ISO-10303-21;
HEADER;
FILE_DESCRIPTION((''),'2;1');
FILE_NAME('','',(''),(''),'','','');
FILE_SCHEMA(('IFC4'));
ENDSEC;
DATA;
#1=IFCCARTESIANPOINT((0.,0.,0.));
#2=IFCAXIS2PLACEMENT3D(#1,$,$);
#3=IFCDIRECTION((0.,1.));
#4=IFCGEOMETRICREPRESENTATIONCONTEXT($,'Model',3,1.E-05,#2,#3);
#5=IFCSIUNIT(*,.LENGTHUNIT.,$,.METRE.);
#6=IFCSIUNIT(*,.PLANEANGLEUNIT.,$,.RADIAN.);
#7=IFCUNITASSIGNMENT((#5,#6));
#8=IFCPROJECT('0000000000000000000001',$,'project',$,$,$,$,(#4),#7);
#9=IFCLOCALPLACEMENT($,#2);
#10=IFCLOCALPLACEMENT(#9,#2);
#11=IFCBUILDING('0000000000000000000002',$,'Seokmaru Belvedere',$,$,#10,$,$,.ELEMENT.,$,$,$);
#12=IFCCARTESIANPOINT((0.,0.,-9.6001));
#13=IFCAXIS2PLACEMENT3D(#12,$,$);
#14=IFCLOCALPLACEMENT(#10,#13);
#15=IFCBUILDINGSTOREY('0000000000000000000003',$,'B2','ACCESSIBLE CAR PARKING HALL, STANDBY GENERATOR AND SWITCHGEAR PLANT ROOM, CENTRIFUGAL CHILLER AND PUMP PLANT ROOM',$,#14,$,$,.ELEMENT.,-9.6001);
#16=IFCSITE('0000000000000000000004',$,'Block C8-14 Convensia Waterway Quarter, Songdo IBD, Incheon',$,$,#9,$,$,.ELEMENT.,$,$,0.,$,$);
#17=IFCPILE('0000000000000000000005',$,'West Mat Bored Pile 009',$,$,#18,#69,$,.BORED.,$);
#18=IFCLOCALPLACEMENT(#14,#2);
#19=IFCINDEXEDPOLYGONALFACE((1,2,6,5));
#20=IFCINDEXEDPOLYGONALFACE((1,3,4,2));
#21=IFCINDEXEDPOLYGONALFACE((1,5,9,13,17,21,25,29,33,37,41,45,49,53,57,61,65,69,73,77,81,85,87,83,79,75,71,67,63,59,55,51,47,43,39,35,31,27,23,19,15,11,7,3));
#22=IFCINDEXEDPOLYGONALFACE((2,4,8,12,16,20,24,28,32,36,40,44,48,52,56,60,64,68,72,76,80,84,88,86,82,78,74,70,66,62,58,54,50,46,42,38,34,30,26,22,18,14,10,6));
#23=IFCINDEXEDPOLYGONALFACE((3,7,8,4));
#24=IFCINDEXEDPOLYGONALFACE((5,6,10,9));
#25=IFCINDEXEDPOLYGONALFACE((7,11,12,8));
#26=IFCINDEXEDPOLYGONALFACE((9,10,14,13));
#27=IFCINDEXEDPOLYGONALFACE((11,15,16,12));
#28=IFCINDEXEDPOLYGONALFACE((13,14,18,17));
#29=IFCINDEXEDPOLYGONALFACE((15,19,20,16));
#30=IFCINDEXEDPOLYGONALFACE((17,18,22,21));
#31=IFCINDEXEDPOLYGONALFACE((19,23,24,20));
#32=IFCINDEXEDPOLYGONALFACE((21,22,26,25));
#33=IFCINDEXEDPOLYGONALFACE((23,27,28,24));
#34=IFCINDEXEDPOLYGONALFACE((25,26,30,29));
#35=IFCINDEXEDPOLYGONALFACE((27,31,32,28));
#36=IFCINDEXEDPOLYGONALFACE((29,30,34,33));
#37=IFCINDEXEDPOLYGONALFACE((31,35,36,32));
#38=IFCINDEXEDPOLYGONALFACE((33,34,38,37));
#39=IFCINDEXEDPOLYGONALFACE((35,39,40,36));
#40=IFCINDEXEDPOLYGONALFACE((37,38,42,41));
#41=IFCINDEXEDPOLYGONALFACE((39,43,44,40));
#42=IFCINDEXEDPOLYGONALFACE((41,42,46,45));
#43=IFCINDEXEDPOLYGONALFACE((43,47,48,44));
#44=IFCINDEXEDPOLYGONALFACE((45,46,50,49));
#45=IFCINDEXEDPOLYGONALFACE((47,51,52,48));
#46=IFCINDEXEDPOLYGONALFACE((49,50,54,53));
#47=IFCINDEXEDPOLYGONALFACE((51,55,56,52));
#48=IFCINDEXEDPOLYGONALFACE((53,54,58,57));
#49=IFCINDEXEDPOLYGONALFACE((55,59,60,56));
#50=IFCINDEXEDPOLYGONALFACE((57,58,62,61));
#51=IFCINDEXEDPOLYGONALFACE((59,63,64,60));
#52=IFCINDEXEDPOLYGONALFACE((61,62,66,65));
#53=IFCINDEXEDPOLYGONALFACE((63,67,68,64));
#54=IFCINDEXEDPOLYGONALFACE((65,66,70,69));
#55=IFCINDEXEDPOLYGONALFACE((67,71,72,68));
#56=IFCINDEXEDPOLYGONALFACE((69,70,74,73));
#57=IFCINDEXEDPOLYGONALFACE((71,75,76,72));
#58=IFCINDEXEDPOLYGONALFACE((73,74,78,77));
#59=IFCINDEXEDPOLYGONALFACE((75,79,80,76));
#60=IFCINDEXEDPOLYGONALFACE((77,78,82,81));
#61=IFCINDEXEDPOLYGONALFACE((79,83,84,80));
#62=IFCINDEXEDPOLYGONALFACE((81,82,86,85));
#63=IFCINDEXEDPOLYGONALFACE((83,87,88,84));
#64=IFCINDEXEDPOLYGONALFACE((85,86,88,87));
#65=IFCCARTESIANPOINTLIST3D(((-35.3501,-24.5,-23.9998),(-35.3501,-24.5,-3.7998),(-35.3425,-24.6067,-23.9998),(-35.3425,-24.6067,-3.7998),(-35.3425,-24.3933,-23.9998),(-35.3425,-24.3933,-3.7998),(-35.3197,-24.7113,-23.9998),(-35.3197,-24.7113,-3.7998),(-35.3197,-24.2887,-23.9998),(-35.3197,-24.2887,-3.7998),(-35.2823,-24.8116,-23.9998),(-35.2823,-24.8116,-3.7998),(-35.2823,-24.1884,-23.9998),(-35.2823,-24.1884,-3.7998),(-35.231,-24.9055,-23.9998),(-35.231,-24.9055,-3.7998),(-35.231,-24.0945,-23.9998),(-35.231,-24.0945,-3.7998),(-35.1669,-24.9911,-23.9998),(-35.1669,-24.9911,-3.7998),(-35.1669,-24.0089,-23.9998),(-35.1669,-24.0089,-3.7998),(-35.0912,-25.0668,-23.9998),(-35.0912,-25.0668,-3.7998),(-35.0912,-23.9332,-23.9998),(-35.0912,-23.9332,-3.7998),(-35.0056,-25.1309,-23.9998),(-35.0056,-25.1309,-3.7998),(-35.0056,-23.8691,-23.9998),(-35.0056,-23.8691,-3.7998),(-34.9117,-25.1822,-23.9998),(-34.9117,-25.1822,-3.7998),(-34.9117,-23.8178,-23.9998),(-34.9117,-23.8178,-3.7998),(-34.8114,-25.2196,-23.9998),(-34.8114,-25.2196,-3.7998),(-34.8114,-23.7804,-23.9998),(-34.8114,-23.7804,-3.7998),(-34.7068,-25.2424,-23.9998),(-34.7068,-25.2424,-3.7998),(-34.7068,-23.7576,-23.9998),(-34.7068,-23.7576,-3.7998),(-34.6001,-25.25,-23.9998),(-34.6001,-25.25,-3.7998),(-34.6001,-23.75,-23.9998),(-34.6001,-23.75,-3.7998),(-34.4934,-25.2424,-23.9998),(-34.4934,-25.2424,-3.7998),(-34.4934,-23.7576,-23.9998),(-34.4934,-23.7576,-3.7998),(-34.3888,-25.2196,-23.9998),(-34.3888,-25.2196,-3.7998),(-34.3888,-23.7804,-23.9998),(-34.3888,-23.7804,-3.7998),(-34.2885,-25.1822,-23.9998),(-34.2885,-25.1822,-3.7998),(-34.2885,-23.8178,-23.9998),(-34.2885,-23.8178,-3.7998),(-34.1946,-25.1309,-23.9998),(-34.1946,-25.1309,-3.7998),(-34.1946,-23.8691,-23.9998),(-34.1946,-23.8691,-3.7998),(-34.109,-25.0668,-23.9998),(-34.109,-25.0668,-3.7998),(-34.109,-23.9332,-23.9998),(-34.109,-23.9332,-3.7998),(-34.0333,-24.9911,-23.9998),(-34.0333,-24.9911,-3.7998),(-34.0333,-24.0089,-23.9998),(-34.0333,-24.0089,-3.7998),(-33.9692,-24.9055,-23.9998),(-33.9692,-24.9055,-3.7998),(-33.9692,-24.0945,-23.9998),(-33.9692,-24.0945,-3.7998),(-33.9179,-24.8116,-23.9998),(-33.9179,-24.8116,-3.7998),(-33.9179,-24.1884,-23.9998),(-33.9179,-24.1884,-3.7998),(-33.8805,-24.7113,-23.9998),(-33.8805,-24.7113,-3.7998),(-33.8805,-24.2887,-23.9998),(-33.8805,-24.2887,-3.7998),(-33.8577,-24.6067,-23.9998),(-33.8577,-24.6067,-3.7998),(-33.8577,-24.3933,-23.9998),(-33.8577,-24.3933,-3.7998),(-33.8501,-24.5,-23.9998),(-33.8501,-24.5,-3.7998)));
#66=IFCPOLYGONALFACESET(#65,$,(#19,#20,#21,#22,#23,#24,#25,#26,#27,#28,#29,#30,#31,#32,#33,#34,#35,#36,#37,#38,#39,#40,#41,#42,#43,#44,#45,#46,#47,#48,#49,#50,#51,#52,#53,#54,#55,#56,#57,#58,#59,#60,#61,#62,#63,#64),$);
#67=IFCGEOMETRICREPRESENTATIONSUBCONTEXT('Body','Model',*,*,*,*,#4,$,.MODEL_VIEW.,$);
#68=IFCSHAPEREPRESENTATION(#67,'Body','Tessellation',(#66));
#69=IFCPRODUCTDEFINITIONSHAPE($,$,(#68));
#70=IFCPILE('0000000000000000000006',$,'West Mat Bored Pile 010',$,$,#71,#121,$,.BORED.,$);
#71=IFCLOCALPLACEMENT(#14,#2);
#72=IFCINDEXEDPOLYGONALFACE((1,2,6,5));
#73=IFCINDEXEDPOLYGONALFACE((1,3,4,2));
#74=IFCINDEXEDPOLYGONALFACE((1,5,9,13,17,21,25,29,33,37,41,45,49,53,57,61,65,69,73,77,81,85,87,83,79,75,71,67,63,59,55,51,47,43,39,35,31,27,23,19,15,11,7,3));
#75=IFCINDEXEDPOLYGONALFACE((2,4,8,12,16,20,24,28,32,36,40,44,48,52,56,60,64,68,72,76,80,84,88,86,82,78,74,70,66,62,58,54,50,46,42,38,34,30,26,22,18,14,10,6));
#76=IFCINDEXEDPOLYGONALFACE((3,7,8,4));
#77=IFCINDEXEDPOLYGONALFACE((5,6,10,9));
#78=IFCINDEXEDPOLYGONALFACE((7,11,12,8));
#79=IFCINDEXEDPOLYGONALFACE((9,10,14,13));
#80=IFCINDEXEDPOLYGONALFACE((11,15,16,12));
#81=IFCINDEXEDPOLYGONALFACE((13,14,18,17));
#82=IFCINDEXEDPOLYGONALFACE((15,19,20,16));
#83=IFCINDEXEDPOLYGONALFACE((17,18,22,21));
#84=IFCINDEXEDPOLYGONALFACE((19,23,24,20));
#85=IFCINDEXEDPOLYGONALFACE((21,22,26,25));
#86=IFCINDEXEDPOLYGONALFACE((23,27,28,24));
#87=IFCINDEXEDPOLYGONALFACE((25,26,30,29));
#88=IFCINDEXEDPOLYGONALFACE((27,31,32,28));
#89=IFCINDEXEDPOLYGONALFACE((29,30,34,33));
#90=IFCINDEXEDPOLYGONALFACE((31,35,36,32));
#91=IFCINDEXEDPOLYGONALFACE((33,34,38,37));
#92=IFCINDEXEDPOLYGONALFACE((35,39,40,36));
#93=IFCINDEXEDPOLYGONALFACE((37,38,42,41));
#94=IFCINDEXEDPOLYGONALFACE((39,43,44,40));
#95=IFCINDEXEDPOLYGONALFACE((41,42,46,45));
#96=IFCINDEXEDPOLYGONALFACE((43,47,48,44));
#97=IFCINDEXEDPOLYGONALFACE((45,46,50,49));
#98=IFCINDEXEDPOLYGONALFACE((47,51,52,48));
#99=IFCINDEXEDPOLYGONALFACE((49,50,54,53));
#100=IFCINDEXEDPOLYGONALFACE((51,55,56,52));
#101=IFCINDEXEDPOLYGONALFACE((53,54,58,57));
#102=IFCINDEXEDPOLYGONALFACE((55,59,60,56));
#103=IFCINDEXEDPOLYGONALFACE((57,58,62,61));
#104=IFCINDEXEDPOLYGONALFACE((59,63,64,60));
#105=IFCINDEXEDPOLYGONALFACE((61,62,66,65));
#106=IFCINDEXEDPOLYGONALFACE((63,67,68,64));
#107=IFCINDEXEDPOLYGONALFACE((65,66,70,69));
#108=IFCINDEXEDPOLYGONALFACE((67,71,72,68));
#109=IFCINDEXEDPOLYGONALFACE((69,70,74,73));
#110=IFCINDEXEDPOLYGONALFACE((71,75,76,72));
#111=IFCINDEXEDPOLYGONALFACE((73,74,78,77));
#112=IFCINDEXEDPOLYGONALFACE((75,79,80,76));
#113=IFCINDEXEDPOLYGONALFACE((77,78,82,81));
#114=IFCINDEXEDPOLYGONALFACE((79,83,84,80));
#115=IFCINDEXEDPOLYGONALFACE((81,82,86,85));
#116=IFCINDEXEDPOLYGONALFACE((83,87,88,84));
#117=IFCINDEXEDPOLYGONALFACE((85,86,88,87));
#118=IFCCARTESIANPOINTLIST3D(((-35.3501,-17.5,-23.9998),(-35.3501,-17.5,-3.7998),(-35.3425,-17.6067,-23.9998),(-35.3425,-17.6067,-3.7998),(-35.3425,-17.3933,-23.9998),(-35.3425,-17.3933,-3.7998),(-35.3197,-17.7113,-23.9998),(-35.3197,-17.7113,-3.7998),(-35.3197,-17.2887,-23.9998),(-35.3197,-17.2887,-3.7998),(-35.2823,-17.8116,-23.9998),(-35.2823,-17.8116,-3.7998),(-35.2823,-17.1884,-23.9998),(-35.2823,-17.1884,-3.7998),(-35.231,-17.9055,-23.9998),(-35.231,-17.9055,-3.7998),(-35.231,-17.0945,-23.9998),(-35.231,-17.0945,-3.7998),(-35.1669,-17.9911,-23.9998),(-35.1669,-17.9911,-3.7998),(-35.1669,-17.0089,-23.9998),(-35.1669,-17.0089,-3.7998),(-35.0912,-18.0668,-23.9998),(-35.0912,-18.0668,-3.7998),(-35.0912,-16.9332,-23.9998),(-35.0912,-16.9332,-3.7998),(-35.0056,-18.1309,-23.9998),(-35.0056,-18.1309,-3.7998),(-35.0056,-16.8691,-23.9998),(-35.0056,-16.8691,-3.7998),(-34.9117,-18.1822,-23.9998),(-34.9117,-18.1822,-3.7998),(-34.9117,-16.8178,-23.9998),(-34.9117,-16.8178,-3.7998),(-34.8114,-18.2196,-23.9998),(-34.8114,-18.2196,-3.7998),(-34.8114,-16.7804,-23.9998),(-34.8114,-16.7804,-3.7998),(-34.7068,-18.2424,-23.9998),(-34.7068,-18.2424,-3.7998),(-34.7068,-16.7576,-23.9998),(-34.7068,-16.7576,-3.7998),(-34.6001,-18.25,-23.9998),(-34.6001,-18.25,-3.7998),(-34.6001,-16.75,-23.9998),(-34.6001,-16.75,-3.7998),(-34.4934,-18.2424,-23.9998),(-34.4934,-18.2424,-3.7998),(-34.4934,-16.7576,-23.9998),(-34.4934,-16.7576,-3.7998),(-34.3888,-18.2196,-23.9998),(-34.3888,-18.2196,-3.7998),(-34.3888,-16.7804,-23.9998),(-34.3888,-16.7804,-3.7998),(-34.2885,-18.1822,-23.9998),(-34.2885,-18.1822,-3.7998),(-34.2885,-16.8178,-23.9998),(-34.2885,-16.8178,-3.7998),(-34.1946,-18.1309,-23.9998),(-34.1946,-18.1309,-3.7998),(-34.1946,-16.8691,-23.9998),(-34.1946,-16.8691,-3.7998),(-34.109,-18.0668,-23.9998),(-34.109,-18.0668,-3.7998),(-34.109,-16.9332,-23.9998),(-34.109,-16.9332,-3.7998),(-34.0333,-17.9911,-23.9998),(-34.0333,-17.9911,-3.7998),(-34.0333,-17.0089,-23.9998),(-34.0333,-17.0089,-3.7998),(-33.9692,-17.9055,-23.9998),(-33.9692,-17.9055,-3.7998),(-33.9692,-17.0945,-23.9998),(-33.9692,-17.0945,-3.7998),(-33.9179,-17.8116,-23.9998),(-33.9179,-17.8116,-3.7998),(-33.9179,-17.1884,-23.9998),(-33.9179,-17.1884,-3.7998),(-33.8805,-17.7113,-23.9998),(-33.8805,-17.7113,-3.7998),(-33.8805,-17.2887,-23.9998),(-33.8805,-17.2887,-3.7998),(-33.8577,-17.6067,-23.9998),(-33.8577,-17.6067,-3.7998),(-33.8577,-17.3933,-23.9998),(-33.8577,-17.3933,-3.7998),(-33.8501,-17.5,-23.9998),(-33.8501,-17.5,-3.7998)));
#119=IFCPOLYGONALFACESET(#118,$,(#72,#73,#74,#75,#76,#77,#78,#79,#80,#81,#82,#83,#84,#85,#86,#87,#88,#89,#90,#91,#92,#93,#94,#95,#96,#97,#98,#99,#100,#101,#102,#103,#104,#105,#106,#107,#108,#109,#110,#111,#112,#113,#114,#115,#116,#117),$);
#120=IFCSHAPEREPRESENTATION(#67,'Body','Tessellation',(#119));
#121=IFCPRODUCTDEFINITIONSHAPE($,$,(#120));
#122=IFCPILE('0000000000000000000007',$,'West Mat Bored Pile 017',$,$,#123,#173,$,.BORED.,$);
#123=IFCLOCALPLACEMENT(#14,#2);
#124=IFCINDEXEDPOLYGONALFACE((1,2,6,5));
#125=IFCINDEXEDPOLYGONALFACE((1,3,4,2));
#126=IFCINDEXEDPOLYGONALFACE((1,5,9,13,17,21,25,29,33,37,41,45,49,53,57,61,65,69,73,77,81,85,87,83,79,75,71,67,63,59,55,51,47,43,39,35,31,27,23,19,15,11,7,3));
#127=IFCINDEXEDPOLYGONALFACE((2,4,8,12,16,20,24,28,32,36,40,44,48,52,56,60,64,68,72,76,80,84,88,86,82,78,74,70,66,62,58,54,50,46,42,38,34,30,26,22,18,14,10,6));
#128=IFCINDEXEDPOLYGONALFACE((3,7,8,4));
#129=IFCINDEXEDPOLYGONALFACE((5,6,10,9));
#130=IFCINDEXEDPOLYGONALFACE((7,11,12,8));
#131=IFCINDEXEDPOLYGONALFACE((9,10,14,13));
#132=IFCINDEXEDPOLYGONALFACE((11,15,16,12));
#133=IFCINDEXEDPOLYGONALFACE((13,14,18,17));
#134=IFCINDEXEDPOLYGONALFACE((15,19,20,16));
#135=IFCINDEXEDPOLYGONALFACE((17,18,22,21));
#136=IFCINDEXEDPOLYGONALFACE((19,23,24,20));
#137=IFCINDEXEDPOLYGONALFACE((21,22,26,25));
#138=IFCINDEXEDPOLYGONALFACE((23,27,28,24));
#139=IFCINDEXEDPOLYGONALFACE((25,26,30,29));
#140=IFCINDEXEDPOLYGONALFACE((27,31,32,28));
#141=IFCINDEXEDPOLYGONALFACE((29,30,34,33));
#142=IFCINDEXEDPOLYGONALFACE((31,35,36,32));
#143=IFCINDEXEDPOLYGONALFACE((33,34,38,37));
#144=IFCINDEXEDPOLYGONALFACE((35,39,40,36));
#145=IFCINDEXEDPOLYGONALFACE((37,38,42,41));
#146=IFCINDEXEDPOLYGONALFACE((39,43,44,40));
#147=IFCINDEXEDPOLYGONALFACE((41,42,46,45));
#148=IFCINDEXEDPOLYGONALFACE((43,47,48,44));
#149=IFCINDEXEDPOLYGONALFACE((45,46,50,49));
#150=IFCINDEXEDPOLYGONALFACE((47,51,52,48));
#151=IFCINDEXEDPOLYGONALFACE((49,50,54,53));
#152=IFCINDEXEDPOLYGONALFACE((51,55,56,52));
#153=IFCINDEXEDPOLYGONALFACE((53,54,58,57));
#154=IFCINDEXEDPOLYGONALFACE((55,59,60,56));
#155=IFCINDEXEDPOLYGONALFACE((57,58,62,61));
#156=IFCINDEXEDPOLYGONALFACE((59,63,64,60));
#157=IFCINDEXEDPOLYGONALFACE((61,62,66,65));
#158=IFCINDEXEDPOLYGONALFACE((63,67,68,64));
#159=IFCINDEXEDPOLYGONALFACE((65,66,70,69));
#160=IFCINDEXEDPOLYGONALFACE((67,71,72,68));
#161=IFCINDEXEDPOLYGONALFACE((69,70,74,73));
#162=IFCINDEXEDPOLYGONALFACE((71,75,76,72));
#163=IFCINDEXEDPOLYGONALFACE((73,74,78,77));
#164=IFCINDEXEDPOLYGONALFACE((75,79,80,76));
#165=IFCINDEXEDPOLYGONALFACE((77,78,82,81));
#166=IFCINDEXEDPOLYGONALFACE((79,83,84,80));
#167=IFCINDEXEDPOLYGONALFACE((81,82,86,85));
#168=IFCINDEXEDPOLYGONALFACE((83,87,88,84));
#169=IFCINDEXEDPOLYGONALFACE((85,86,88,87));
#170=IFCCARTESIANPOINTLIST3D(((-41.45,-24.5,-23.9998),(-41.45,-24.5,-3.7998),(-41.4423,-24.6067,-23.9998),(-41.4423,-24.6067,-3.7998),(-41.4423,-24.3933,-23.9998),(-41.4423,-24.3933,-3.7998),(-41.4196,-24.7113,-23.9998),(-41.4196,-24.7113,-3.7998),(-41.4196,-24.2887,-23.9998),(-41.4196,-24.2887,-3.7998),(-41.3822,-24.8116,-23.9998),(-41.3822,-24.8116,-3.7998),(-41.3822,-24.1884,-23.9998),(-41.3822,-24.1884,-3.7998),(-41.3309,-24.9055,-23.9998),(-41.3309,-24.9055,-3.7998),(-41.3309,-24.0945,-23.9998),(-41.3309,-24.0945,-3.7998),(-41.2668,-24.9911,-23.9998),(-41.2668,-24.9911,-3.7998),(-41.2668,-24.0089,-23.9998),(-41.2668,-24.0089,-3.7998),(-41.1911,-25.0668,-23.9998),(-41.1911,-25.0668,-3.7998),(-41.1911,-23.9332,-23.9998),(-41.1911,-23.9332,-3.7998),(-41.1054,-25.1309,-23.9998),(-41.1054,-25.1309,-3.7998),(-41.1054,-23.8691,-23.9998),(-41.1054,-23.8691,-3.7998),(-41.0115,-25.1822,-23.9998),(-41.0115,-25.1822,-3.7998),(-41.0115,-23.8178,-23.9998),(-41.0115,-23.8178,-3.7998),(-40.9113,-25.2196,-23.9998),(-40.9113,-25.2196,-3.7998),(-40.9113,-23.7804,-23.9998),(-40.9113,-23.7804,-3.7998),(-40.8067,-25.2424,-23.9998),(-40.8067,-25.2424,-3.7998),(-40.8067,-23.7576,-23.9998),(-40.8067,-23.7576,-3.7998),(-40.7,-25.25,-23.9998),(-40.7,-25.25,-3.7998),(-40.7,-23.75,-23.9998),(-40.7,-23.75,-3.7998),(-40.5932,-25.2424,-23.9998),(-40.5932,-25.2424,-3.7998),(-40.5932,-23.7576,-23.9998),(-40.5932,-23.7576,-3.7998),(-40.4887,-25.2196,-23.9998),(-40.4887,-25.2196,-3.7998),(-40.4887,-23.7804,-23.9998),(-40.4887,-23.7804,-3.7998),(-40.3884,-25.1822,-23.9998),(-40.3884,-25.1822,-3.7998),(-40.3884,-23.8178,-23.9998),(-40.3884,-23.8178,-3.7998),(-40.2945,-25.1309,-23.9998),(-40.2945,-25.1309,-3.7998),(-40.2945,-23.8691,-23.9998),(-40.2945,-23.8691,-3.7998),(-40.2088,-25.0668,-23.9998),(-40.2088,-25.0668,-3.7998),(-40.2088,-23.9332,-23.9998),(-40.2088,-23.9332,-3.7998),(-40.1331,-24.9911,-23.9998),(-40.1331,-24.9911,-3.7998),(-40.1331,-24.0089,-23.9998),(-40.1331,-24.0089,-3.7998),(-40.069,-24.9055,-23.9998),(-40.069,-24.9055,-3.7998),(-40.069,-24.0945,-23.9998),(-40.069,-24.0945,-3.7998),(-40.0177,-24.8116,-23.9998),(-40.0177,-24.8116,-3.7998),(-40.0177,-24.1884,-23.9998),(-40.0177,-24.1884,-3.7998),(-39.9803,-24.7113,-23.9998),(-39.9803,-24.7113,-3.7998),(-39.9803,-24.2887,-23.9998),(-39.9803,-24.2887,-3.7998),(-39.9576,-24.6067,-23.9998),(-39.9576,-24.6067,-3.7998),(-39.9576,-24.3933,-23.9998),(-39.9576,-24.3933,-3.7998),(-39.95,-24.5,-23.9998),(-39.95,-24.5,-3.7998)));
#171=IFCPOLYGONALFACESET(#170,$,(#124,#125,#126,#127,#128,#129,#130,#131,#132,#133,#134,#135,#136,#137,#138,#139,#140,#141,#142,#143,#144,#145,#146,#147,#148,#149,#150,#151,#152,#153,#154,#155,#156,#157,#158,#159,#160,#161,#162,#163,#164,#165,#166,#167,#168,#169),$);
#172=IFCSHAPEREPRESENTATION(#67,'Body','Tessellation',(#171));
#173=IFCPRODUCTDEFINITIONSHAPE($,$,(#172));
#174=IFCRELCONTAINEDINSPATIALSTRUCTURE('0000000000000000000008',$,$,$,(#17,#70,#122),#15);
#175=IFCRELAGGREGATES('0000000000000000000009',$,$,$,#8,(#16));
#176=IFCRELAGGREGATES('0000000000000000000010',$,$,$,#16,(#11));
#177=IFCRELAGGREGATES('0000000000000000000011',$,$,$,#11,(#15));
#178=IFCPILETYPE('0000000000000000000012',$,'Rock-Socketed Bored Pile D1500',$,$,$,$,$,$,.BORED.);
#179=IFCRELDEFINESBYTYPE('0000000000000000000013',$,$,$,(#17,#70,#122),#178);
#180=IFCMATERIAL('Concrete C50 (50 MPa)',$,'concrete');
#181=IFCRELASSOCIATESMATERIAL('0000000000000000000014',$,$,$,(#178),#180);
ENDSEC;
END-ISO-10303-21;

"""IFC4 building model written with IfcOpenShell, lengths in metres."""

from ifc_helpers import new_model, si_unit, direction, frame, origin, origin_2d, place, context, subcontext, project, spatial, circle, extrude, source, transform, mapped, material, material_profile, profile_set, type_object, type_shapes, element, save


model = new_model("IFC4")

# Units and contexts
model_context = context("Model", 3, precision=1e-05, world=origin(), true_north=direction((0.0, 1.0)))
body_context = subcontext(model_context, "Body", "Model", "MODEL_VIEW")
ifc_project = project(units=[si_unit("LENGTHUNIT", "METRE"), si_unit("PLANEANGLEUNIT", "RADIAN")], contexts=[model_context])

# Site, building, storey
site_placement = place(None, origin())
site = spatial("IfcSite", under=ifc_project, at=site_placement, Name="Block C8-14 Convensia Waterway Quarter, Songdo IBD, Incheon", CompositionType="ELEMENT", RefElevation=0.0)
building_placement = place(site_placement, origin())
building = spatial("IfcBuilding", under=site, at=building_placement, Name="Seokmaru Belvedere", CompositionType="ELEMENT")
storey_placement = place(building_placement, frame((0.0, 0.0, -9.6001)))
storey = spatial("IfcBuildingStorey", under=building, at=storey_placement, Name="B2", Description="ACCESSIBLE CAR PARKING HALL, STANDBY GENERATOR AND SWITCHGEAR PLANT ROOM, CENTRIFUGAL CHILLER AND PUMP PLANT ROOM", CompositionType="ELEMENT", Elevation=-9.6001)

# Piles
ifc_material_1 = material(Name="Concrete C50 (50 MPa)", Category="concrete")
ifc_material_profile_1 = material_profile(ifc_material_1, circle(Radius=0.75, at=origin_2d()), Name="PILE-D1500")
ifc_profile_set_1 = profile_set([ifc_material_profile_1], Name="Concrete C50 (50 MPa)")
pile_type = type_object("IfcPileType", Name="Rock-Socketed Bored Pile D1500", PredefinedType="BORED", material=ifc_profile_set_1)
shared_shape_1 = source(origin(), body_context, "Body", "SweptSolid", [
    extrude(circle(Radius=0.75, at=origin_2d()), origin(), (0.0, 0.0, 1.0), 20.2),
])
type_shapes(pile_type, [shared_shape_1])
for number, where, z_axis, x_axis, name in (
    (1, (-34.6001, -24.5, -3.7998), (0.0, 0.0, -1.0), (1.0, 0.0, 0.0), "West Mat Bored Pile 009"),
    (2, (-34.6001, -17.5, -3.7998), (0.0, 0.0, -1.0), (1.0, 0.0, 0.0), "West Mat Bored Pile 010"),
    (3, (-40.7, -24.5, -3.7998), (0.0, 0.0, -1.0), (1.0, 0.0, 0.0), "West Mat Bored Pile 017"),
):
    element("IfcPile", number, at=place(storey_placement, frame(where, z_axis=z_axis, x_axis=x_axis)), inside=storey, type_object=pile_type, Name=name, PredefinedType="BORED", context=body_context, shape_type="MappedRepresentation", body=[
        mapped(shared_shape_1, transform((0.0, 0.0, 0.0), scale=1.0)),
    ])

save(model, "model.ifc")
